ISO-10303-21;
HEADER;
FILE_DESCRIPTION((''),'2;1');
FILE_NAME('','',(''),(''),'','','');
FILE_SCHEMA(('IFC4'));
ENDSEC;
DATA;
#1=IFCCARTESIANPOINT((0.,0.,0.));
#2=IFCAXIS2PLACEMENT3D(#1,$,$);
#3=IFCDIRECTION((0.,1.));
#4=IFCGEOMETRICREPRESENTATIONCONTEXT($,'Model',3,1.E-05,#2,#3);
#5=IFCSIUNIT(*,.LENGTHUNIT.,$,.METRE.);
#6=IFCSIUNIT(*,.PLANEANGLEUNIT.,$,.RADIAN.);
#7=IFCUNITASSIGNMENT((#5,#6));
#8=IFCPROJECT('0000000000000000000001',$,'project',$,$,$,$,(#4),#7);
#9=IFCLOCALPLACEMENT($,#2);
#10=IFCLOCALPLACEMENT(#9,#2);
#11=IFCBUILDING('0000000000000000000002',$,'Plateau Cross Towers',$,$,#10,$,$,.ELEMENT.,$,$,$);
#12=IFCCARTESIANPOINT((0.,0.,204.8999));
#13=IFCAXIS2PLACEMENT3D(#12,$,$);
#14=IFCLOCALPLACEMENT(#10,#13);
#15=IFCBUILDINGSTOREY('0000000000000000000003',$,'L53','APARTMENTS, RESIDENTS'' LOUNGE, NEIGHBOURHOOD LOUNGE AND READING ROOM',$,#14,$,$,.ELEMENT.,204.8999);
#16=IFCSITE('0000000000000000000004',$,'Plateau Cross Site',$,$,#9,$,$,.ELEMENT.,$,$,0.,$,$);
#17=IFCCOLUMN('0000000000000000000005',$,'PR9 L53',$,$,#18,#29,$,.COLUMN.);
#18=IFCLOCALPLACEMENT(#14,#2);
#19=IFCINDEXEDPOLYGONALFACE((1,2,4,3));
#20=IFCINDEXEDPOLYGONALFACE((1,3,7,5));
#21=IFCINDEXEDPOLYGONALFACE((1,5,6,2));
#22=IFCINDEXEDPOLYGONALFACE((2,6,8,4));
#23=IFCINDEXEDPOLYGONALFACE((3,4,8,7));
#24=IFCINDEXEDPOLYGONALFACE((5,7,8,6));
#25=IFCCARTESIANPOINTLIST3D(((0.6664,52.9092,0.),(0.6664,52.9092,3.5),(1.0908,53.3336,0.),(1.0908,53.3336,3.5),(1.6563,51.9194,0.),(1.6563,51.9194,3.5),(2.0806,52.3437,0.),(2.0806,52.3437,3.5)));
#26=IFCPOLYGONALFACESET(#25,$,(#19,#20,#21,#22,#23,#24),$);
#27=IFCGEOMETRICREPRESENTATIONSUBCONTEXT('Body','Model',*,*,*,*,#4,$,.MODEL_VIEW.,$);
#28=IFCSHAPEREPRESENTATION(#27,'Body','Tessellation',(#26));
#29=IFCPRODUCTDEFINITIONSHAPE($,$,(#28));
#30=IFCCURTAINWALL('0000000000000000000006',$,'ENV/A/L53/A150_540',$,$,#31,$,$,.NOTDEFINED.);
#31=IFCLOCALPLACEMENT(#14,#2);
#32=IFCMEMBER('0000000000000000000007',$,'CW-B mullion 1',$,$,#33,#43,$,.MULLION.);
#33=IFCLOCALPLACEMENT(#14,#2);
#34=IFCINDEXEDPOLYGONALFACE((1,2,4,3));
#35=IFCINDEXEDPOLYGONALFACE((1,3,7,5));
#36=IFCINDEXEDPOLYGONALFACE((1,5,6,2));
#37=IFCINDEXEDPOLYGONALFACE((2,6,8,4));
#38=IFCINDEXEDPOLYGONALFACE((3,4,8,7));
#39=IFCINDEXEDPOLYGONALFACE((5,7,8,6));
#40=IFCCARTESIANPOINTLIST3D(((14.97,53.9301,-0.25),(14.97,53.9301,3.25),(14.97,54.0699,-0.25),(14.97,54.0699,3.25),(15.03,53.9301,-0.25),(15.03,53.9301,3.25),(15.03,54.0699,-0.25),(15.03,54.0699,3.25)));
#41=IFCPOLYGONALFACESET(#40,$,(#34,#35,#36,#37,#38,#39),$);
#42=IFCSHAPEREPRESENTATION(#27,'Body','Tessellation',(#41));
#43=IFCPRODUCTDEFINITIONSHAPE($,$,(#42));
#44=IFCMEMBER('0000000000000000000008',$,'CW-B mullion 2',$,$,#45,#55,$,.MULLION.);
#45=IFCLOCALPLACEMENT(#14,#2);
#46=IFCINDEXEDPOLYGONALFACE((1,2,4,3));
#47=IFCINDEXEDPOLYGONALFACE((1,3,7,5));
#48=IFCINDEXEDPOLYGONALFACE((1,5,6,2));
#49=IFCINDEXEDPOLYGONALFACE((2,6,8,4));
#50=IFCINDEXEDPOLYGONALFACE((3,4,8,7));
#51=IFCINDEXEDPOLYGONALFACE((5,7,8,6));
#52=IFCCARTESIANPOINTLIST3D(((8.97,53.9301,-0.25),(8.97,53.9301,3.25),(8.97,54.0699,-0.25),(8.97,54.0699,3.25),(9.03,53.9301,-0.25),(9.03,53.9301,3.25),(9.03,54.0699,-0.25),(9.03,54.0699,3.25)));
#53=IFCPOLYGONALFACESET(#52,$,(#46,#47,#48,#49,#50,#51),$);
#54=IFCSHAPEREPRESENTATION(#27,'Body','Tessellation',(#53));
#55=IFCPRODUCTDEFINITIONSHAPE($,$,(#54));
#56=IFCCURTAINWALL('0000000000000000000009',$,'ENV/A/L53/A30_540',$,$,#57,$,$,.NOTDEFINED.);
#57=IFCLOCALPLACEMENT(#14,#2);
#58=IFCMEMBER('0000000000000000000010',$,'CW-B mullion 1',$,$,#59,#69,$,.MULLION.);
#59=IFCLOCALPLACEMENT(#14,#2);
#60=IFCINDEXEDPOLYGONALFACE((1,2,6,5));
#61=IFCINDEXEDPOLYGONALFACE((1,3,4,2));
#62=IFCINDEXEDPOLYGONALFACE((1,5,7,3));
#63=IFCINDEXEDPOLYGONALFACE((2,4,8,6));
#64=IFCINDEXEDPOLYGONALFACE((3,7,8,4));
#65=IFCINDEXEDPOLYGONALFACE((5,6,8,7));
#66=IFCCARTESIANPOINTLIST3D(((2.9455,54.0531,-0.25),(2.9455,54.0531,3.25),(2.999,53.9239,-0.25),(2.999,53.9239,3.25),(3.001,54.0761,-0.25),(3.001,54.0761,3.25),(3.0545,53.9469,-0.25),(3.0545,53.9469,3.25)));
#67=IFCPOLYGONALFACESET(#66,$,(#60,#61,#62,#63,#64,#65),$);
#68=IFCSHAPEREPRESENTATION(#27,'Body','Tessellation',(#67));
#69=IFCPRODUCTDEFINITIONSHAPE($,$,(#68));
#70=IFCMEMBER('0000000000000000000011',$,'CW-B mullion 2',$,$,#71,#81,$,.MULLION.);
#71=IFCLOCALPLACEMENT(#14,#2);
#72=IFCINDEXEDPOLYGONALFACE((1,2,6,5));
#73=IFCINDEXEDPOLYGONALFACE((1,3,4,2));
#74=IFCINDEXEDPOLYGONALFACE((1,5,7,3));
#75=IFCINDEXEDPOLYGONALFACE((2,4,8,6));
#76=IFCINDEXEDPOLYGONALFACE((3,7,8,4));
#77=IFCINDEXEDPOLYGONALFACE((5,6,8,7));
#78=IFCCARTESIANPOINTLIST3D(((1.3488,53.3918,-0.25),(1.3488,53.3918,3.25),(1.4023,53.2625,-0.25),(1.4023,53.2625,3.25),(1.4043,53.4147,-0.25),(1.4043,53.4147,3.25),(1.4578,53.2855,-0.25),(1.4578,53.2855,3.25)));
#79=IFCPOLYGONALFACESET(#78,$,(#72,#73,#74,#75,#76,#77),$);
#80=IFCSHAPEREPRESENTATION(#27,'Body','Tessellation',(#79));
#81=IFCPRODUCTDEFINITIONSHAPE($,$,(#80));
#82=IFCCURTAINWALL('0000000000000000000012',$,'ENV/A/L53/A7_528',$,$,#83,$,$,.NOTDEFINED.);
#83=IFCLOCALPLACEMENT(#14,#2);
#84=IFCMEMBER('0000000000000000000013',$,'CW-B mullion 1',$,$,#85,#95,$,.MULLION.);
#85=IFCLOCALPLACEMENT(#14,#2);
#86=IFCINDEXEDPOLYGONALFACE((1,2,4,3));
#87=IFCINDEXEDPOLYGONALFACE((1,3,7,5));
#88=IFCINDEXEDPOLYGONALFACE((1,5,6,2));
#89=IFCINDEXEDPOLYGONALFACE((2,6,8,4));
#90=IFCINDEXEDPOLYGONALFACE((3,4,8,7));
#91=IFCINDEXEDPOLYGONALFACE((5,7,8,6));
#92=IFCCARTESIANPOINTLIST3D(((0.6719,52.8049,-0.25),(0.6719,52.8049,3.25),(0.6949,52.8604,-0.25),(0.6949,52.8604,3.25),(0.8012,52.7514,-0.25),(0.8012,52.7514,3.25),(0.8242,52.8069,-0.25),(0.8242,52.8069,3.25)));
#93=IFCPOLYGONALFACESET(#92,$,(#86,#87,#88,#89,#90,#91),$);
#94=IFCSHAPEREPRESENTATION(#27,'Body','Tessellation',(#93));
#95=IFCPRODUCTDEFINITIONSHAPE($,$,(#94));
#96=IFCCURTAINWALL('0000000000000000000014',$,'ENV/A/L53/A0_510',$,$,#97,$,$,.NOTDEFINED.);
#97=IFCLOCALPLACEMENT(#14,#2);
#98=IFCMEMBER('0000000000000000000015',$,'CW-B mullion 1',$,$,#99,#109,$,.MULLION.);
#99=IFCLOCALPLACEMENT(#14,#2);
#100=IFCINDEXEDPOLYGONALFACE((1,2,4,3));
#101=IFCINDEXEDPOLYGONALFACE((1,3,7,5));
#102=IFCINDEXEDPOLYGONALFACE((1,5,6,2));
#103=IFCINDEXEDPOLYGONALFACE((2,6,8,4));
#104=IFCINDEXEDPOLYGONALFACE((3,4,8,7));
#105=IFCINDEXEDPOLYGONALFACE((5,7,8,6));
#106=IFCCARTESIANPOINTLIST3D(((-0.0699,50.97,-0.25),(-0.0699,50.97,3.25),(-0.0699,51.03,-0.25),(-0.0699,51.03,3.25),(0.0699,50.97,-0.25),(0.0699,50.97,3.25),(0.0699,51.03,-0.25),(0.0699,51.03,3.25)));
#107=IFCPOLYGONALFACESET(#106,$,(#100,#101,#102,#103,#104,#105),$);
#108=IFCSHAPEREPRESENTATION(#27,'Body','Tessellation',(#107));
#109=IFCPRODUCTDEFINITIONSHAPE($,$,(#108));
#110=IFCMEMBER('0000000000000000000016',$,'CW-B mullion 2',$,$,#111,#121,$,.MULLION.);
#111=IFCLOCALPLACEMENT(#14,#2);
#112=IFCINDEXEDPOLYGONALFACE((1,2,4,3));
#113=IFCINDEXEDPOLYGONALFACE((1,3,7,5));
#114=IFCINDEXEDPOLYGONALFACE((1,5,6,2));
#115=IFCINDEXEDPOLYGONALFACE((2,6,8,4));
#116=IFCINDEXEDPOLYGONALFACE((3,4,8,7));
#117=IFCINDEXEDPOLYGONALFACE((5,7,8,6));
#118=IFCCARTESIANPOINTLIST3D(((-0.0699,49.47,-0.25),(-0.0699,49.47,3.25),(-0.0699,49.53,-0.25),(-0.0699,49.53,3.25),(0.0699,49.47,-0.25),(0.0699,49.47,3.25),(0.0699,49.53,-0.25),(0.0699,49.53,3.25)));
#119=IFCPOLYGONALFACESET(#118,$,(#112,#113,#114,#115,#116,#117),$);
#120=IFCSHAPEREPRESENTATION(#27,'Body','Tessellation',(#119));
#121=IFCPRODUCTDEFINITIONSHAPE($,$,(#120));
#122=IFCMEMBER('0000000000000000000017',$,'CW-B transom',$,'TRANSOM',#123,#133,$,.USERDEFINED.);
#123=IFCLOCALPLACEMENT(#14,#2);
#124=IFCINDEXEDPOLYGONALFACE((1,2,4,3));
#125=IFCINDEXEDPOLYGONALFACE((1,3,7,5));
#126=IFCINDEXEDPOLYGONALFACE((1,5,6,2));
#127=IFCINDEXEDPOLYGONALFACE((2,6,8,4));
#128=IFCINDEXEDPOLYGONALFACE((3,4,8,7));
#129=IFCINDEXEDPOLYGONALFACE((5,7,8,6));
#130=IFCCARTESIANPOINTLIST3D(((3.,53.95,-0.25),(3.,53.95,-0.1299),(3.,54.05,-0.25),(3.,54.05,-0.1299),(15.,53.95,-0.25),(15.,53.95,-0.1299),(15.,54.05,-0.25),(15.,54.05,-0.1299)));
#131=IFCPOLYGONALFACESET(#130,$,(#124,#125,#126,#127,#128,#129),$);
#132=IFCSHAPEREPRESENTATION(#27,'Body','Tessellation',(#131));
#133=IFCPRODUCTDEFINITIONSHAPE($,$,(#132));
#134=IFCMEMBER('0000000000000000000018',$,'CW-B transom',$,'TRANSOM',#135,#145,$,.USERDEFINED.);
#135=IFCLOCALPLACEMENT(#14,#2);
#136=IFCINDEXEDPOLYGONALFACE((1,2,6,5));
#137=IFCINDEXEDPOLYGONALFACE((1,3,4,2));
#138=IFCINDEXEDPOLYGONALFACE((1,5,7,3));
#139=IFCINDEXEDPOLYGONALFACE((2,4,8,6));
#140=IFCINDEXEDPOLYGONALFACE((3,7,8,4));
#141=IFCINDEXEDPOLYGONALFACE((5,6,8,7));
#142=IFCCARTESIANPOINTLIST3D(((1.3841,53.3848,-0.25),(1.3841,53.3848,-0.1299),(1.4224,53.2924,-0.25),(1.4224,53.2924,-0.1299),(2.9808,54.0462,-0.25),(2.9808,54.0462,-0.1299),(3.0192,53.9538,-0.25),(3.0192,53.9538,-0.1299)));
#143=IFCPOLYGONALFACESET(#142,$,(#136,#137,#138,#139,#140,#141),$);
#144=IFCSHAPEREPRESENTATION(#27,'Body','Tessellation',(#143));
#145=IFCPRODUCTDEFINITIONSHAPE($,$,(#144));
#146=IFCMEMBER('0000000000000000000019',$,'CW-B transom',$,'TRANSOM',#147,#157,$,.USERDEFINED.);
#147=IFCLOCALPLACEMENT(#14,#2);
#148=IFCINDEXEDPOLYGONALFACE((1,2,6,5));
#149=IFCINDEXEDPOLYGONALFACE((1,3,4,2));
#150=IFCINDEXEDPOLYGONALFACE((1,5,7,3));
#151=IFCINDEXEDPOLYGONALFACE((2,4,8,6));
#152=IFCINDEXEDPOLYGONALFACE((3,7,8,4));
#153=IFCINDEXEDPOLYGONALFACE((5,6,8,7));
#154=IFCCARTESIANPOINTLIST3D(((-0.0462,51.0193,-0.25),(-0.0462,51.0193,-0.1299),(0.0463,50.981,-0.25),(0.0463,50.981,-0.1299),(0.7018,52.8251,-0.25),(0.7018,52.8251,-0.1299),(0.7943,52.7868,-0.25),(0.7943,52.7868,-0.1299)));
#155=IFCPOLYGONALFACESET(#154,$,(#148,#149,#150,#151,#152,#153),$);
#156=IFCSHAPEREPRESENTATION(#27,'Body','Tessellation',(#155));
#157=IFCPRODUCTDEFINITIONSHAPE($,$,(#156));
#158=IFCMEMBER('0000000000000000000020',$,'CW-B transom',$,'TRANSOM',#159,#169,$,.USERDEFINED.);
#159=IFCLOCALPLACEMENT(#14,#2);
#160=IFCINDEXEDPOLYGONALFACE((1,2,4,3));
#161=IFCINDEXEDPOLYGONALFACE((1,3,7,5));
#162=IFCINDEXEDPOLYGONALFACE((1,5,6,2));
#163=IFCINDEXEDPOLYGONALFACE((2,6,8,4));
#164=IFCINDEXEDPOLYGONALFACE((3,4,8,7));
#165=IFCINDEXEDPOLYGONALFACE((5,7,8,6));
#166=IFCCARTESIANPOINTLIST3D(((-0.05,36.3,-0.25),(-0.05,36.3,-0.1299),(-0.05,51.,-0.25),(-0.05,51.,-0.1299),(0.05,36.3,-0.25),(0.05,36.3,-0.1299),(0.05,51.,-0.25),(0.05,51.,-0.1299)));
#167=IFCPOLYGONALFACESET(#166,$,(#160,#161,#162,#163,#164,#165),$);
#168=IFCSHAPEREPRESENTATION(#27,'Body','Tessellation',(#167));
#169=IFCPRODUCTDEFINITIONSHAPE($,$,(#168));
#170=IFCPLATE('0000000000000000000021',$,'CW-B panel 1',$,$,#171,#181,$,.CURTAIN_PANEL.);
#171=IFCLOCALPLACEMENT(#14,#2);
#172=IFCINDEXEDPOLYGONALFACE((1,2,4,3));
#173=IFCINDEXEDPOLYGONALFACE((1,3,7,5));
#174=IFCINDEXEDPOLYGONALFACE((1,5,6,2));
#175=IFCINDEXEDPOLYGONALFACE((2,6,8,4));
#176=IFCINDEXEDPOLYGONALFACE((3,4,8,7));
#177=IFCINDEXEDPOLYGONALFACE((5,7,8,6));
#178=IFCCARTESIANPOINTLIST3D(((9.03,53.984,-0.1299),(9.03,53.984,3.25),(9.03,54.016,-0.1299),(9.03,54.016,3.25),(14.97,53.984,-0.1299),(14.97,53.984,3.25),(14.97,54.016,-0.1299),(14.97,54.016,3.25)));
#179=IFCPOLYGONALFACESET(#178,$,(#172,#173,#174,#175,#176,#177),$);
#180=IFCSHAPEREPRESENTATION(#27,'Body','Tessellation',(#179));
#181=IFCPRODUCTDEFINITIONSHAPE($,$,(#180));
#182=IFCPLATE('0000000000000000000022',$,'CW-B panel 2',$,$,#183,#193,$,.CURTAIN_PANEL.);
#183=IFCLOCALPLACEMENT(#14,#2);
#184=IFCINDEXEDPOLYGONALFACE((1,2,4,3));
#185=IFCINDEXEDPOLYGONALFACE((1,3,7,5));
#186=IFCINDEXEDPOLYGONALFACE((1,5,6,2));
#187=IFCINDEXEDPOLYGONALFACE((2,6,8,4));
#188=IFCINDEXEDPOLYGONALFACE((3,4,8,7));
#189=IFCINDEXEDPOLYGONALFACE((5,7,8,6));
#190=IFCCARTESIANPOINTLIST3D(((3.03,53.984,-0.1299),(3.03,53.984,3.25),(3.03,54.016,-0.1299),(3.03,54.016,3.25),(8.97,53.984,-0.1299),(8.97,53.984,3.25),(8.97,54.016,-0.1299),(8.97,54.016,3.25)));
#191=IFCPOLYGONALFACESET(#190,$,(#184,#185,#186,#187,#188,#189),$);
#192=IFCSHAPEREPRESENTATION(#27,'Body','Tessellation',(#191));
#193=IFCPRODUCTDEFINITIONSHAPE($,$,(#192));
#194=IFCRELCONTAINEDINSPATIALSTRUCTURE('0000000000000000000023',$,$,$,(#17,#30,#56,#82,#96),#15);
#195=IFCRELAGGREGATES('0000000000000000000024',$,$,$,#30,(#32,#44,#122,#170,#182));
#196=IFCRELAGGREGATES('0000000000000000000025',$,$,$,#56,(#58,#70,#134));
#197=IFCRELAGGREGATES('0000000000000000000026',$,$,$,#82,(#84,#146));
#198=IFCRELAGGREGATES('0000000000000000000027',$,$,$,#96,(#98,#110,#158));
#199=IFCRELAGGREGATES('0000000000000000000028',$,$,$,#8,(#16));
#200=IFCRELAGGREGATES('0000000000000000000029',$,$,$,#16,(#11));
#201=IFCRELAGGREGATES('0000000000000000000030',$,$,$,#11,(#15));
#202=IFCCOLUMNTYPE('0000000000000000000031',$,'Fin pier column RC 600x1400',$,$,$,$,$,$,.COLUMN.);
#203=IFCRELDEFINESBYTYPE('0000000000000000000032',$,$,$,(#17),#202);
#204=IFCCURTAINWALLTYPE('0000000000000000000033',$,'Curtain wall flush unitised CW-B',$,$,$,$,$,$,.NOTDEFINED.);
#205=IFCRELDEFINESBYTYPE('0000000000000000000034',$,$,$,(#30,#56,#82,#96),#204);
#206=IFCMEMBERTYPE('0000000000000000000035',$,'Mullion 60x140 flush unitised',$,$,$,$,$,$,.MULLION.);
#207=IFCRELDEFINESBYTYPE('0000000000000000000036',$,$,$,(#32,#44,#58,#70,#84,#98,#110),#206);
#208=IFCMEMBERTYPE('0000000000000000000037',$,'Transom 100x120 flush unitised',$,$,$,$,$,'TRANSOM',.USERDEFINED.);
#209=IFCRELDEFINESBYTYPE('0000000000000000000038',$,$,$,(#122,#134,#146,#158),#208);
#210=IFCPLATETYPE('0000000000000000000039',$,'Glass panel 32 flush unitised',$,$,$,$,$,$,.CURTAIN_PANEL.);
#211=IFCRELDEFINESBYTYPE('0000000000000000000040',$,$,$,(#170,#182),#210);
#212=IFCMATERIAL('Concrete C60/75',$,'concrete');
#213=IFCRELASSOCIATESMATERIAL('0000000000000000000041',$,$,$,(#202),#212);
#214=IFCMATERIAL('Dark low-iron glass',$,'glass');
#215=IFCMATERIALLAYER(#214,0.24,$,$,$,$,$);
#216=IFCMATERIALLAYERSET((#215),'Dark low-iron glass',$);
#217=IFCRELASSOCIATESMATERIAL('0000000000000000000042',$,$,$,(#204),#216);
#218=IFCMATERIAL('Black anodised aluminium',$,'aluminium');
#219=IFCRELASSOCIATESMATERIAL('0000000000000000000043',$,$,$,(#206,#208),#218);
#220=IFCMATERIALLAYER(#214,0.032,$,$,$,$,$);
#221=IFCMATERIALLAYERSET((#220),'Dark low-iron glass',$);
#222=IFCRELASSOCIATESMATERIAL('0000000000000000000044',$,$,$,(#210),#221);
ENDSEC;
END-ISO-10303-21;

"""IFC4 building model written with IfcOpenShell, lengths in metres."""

from ifc_helpers import new_model, si_unit, direction, frame, origin, origin_2d, place, context, subcontext, project, spatial, rectangle, extrude, material, layer, layer_set, material_profile, profile_set, type_object, element, aggregate, save


model = new_model("IFC4")

# Units and contexts
model_context = context("Model", 3, precision=1e-05, world=origin(), true_north=direction((0.0, 1.0)))
body_context = subcontext(model_context, "Body", "Model", "MODEL_VIEW")
ifc_project = project(units=[si_unit("LENGTHUNIT", "METRE"), si_unit("PLANEANGLEUNIT", "RADIAN")], contexts=[model_context])

# Site, building, storey
site_placement = place(None, origin())
site = spatial("IfcSite", under=ifc_project, at=site_placement, Name="Plateau Cross Site", CompositionType="ELEMENT", RefElevation=0.0)
building_placement = place(site_placement, origin())
building = spatial("IfcBuilding", under=site, at=building_placement, Name="Plateau Cross Towers", CompositionType="ELEMENT")
storey_placement = place(building_placement, frame((0.0, 0.0, 204.8999)))
storey = spatial("IfcBuildingStorey", under=building, at=storey_placement, Name="L53", Description="APARTMENTS, RESIDENTS' LOUNGE, NEIGHBOURHOOD LOUNGE AND READING ROOM", CompositionType="ELEMENT", Elevation=204.8999)

# Column
ifc_material_1 = material(Name="Concrete C60/75", Category="concrete")
ifc_material_profile_1 = material_profile(ifc_material_1, rectangle(XDim=0.6001, YDim=1.3999, at=origin_2d()), Name="RC 600x1400")
ifc_profile_set_1 = profile_set([ifc_material_profile_1], Name="Concrete C60/75")
column_type = type_object("IfcColumnType", Name="Fin pier column RC 600x1400", PredefinedType="COLUMN", material=ifc_profile_set_1)
column_placement = place(storey_placement, frame((1.3735, 52.6265, 0.0), z_axis=(0.0, 0.0, 1.0), x_axis=(0.707107, 0.707107, 0.0)))
element("IfcColumn", 1, at=column_placement, inside=storey, type_object=column_type, Name="PR9 L53", PredefinedType="COLUMN", context=body_context, shape_type="SweptSolid", body=[
    extrude(rectangle(XDim=0.6001, YDim=1.3999, at=origin_2d()), origin(), (0.0, 0.0, 1.0), 3.5),
])

# Curtain walls, members
ifc_material_2 = material(Name="Dark low-iron glass", Category="glass")
ifc_layer_1 = layer(ifc_material_2, 0.24)
ifc_layer_set_1 = layer_set([ifc_layer_1], Name="Dark low-iron glass")
curtain_wall_type = type_object("IfcCurtainWallType", Name="Curtain wall flush unitised CW-B", PredefinedType="NOTDEFINED", material=ifc_layer_set_1)
curtain_wall_1_placement = place(storey_placement, origin())
curtain_wall_1 = element("IfcCurtainWall", 2, at=curtain_wall_1_placement, inside=storey, type_object=curtain_wall_type, Name="ENV/A/L53/A150_540", PredefinedType="NOTDEFINED")
ifc_material_3 = material(Name="Black anodised aluminium", Category="aluminium")
ifc_material_profile_2 = material_profile(ifc_material_3, rectangle(XDim=0.0601, YDim=0.1399, at=origin_2d()), Name="MULLION 60x140")
ifc_profile_set_2 = profile_set([ifc_material_profile_2], Name="Black anodised aluminium")
member_type_1 = type_object("IfcMemberType", Name="Mullion 60x140 flush unitised", PredefinedType="MULLION", material=ifc_profile_set_2)
member_1_placement = place(storey_placement, frame((15.0, 54.0, -0.25), z_axis=(0.0, 0.0, 1.0), x_axis=(-1.0, 0.0, 0.0)))
member_1 = element("IfcMember", 3, at=member_1_placement, type_object=member_type_1, Name="CW-B mullion 1", PredefinedType="MULLION", context=body_context, shape_type="SweptSolid", body=[
    extrude(rectangle(XDim=0.0601, YDim=0.1399, at=origin_2d()), origin(), (0.0, 0.0, 1.0), 3.5),
])
member_2_placement = place(storey_placement, frame((9.0, 54.0, -0.25), z_axis=(0.0, 0.0, 1.0), x_axis=(-1.0, 0.0, 0.0)))
member_2 = element("IfcMember", 4, at=member_2_placement, type_object=member_type_1, Name="CW-B mullion 2", PredefinedType="MULLION", context=body_context, shape_type="SweptSolid", body=[
    extrude(rectangle(XDim=0.0601, YDim=0.1399, at=origin_2d()), origin(), (0.0, 0.0, 1.0), 3.5),
])
curtain_wall_2_placement = place(storey_placement, origin())
curtain_wall_2 = element("IfcCurtainWall", 5, at=curtain_wall_2_placement, inside=storey, type_object=curtain_wall_type, Name="ENV/A/L53/A30_540", PredefinedType="NOTDEFINED")
member_3_placement = place(storey_placement, frame((3.0, 54.0, -0.25), z_axis=(0.0, 0.0, 1.0), x_axis=(-0.923879, -0.382684, 0.0)))
member_3 = element("IfcMember", 6, at=member_3_placement, type_object=member_type_1, Name="CW-B mullion 1", PredefinedType="MULLION", context=body_context, shape_type="SweptSolid", body=[
    extrude(rectangle(XDim=0.0601, YDim=0.1399, at=origin_2d()), origin(), (0.0, 0.0, 1.0), 3.5),
])
member_4_placement = place(storey_placement, frame((1.4033, 53.3386, -0.25), z_axis=(0.0, 0.0, 1.0), x_axis=(-0.923879, -0.382684, 0.0)))
member_4 = element("IfcMember", 7, at=member_4_placement, type_object=member_type_1, Name="CW-B mullion 2", PredefinedType="MULLION", context=body_context, shape_type="SweptSolid", body=[
    extrude(rectangle(XDim=0.0601, YDim=0.1399, at=origin_2d()), origin(), (0.0, 0.0, 1.0), 3.5),
])

# Curtain wall, member
curtain_wall_3_placement = place(storey_placement, origin())
curtain_wall_3 = element("IfcCurtainWall", 8, at=curtain_wall_3_placement, inside=storey, type_object=curtain_wall_type, Name="ENV/A/L53/A7_528", PredefinedType="NOTDEFINED")
member_5_placement = place(storey_placement, frame((0.748, 52.8059, -0.25), z_axis=(0.0, 0.0, 1.0), x_axis=(-0.382684, -0.923879, 0.0)))
member_5 = element("IfcMember", 9, at=member_5_placement, type_object=member_type_1, Name="CW-B mullion 1", PredefinedType="MULLION", context=body_context, shape_type="SweptSolid", body=[
    extrude(rectangle(XDim=0.0601, YDim=0.1399, at=origin_2d()), origin(), (0.0, 0.0, 1.0), 3.5),
])

# Curtain wall, members
curtain_wall_4_placement = place(storey_placement, origin())
curtain_wall_4 = element("IfcCurtainWall", 10, at=curtain_wall_4_placement, inside=storey, type_object=curtain_wall_type, Name="ENV/A/L53/A0_510", PredefinedType="NOTDEFINED")
member_6_placement = place(storey_placement, frame((0.0, 51.0, -0.25), z_axis=(0.0, 0.0, 1.0), x_axis=(0.0, -1.0, 0.0)))
member_6 = element("IfcMember", 11, at=member_6_placement, type_object=member_type_1, Name="CW-B mullion 1", PredefinedType="MULLION", context=body_context, shape_type="SweptSolid", body=[
    extrude(rectangle(XDim=0.0601, YDim=0.1399, at=origin_2d()), origin(), (0.0, 0.0, 1.0), 3.5),
])
member_7_placement = place(storey_placement, frame((0.0, 49.5, -0.25), z_axis=(0.0, 0.0, 1.0), x_axis=(0.0, -1.0, 0.0)))
member_7 = element("IfcMember", 12, at=member_7_placement, type_object=member_type_1, Name="CW-B mullion 2", PredefinedType="MULLION", context=body_context, shape_type="SweptSolid", body=[
    extrude(rectangle(XDim=0.0601, YDim=0.1399, at=origin_2d()), origin(), (0.0, 0.0, 1.0), 3.5),
])

# Members
ifc_material_profile_3 = material_profile(ifc_material_3, rectangle(XDim=0.1001, YDim=0.1201, at=origin_2d()), Name="TRANSOM 100x120")
ifc_profile_set_3 = profile_set([ifc_material_profile_3], Name="Black anodised aluminium")
member_type_2 = type_object("IfcMemberType", Name="Transom 100x120 flush unitised", ElementType="TRANSOM", PredefinedType="USERDEFINED", material=ifc_profile_set_3)
member_8_placement = place(storey_placement, frame((15.0, 54.0, -0.1899), z_axis=(-1.0, 0.0, 0.0), x_axis=(0.0, -1.0, 0.0)))
member_8 = element("IfcMember", 13, at=member_8_placement, type_object=member_type_2, Name="CW-B transom", ObjectType="TRANSOM", PredefinedType="USERDEFINED", context=body_context, shape_type="SweptSolid", body=[
    extrude(rectangle(XDim=0.1001, YDim=0.1201, at=origin_2d()), origin(), (0.0, 0.0, 1.0), 12.0),
])
member_9_placement = place(storey_placement, frame((3.0, 54.0, -0.1899), z_axis=(-0.923877, -0.382689, 0.0), x_axis=(0.382689, -0.923877, 0.0)))
member_9 = element("IfcMember", 14, at=member_9_placement, type_object=member_type_2, Name="CW-B transom", ObjectType="TRANSOM", PredefinedType="USERDEFINED", context=body_context, shape_type="SweptSolid", body=[
    extrude(rectangle(XDim=0.1001, YDim=0.1201, at=origin_2d()), origin(), (0.0, 0.0, 1.0), 1.7283),
])
member_10_placement = place(storey_placement, frame((0.748, 52.8059, -0.1899), z_axis=(-0.38269, -0.923877, 0.0), x_axis=(0.923877, -0.38269, 0.0)))
member_10 = element("IfcMember", 15, at=member_10_placement, type_object=member_type_2, Name="CW-B transom", ObjectType="TRANSOM", PredefinedType="USERDEFINED", context=body_context, shape_type="SweptSolid", body=[
    extrude(rectangle(XDim=0.1001, YDim=0.1201, at=origin_2d()), origin(), (0.0, 0.0, 1.0), 1.9546),
])
member_11_placement = place(storey_placement, frame((0.0, 51.0, -0.1899), z_axis=(0.0, -1.0, 0.0), x_axis=(1.0, 0.0, 0.0)))
member_11 = element("IfcMember", 16, at=member_11_placement, type_object=member_type_2, Name="CW-B transom", ObjectType="TRANSOM", PredefinedType="USERDEFINED", context=body_context, shape_type="SweptSolid", body=[
    extrude(rectangle(XDim=0.1001, YDim=0.1201, at=origin_2d()), origin(), (0.0, 0.0, 1.0), 14.7),
])

# Plates
ifc_layer_2 = layer(ifc_material_2, 0.032)
ifc_layer_set_2 = layer_set([ifc_layer_2], Name="Dark low-iron glass")
plate_type = type_object("IfcPlateType", Name="Glass panel 32 flush unitised", PredefinedType="CURTAIN_PANEL", material=ifc_layer_set_2)
plate_1_placement = place(storey_placement, frame((12.0, 54.0, -0.1299), z_axis=(0.0, 0.0, 1.0), x_axis=(-1.0, 0.0, 0.0)))
plate_1 = element("IfcPlate", 17, at=plate_1_placement, type_object=plate_type, Name="CW-B panel 1", PredefinedType="CURTAIN_PANEL", context=body_context, shape_type="SweptSolid", body=[
    extrude(rectangle(XDim=5.9399, YDim=0.032, at=origin_2d()), origin(), (0.0, 0.0, 1.0), 3.3799),
])
plate_2_placement = place(storey_placement, frame((6.0, 54.0, -0.1299), z_axis=(0.0, 0.0, 1.0), x_axis=(-1.0, 0.0, 0.0)))
plate_2 = element("IfcPlate", 18, at=plate_2_placement, type_object=plate_type, Name="CW-B panel 2", PredefinedType="CURTAIN_PANEL", context=body_context, shape_type="SweptSolid", body=[
    extrude(rectangle(XDim=5.9399, YDim=0.032, at=origin_2d()), origin(), (0.0, 0.0, 1.0), 3.3799),
])
aggregate(curtain_wall_1, [member_1, member_2, member_8, plate_1, plate_2])
aggregate(curtain_wall_2, [member_3, member_4, member_9])
aggregate(curtain_wall_3, [member_5, member_10])
aggregate(curtain_wall_4, [member_6, member_7, member_11])

save(model, "model.ifc")
